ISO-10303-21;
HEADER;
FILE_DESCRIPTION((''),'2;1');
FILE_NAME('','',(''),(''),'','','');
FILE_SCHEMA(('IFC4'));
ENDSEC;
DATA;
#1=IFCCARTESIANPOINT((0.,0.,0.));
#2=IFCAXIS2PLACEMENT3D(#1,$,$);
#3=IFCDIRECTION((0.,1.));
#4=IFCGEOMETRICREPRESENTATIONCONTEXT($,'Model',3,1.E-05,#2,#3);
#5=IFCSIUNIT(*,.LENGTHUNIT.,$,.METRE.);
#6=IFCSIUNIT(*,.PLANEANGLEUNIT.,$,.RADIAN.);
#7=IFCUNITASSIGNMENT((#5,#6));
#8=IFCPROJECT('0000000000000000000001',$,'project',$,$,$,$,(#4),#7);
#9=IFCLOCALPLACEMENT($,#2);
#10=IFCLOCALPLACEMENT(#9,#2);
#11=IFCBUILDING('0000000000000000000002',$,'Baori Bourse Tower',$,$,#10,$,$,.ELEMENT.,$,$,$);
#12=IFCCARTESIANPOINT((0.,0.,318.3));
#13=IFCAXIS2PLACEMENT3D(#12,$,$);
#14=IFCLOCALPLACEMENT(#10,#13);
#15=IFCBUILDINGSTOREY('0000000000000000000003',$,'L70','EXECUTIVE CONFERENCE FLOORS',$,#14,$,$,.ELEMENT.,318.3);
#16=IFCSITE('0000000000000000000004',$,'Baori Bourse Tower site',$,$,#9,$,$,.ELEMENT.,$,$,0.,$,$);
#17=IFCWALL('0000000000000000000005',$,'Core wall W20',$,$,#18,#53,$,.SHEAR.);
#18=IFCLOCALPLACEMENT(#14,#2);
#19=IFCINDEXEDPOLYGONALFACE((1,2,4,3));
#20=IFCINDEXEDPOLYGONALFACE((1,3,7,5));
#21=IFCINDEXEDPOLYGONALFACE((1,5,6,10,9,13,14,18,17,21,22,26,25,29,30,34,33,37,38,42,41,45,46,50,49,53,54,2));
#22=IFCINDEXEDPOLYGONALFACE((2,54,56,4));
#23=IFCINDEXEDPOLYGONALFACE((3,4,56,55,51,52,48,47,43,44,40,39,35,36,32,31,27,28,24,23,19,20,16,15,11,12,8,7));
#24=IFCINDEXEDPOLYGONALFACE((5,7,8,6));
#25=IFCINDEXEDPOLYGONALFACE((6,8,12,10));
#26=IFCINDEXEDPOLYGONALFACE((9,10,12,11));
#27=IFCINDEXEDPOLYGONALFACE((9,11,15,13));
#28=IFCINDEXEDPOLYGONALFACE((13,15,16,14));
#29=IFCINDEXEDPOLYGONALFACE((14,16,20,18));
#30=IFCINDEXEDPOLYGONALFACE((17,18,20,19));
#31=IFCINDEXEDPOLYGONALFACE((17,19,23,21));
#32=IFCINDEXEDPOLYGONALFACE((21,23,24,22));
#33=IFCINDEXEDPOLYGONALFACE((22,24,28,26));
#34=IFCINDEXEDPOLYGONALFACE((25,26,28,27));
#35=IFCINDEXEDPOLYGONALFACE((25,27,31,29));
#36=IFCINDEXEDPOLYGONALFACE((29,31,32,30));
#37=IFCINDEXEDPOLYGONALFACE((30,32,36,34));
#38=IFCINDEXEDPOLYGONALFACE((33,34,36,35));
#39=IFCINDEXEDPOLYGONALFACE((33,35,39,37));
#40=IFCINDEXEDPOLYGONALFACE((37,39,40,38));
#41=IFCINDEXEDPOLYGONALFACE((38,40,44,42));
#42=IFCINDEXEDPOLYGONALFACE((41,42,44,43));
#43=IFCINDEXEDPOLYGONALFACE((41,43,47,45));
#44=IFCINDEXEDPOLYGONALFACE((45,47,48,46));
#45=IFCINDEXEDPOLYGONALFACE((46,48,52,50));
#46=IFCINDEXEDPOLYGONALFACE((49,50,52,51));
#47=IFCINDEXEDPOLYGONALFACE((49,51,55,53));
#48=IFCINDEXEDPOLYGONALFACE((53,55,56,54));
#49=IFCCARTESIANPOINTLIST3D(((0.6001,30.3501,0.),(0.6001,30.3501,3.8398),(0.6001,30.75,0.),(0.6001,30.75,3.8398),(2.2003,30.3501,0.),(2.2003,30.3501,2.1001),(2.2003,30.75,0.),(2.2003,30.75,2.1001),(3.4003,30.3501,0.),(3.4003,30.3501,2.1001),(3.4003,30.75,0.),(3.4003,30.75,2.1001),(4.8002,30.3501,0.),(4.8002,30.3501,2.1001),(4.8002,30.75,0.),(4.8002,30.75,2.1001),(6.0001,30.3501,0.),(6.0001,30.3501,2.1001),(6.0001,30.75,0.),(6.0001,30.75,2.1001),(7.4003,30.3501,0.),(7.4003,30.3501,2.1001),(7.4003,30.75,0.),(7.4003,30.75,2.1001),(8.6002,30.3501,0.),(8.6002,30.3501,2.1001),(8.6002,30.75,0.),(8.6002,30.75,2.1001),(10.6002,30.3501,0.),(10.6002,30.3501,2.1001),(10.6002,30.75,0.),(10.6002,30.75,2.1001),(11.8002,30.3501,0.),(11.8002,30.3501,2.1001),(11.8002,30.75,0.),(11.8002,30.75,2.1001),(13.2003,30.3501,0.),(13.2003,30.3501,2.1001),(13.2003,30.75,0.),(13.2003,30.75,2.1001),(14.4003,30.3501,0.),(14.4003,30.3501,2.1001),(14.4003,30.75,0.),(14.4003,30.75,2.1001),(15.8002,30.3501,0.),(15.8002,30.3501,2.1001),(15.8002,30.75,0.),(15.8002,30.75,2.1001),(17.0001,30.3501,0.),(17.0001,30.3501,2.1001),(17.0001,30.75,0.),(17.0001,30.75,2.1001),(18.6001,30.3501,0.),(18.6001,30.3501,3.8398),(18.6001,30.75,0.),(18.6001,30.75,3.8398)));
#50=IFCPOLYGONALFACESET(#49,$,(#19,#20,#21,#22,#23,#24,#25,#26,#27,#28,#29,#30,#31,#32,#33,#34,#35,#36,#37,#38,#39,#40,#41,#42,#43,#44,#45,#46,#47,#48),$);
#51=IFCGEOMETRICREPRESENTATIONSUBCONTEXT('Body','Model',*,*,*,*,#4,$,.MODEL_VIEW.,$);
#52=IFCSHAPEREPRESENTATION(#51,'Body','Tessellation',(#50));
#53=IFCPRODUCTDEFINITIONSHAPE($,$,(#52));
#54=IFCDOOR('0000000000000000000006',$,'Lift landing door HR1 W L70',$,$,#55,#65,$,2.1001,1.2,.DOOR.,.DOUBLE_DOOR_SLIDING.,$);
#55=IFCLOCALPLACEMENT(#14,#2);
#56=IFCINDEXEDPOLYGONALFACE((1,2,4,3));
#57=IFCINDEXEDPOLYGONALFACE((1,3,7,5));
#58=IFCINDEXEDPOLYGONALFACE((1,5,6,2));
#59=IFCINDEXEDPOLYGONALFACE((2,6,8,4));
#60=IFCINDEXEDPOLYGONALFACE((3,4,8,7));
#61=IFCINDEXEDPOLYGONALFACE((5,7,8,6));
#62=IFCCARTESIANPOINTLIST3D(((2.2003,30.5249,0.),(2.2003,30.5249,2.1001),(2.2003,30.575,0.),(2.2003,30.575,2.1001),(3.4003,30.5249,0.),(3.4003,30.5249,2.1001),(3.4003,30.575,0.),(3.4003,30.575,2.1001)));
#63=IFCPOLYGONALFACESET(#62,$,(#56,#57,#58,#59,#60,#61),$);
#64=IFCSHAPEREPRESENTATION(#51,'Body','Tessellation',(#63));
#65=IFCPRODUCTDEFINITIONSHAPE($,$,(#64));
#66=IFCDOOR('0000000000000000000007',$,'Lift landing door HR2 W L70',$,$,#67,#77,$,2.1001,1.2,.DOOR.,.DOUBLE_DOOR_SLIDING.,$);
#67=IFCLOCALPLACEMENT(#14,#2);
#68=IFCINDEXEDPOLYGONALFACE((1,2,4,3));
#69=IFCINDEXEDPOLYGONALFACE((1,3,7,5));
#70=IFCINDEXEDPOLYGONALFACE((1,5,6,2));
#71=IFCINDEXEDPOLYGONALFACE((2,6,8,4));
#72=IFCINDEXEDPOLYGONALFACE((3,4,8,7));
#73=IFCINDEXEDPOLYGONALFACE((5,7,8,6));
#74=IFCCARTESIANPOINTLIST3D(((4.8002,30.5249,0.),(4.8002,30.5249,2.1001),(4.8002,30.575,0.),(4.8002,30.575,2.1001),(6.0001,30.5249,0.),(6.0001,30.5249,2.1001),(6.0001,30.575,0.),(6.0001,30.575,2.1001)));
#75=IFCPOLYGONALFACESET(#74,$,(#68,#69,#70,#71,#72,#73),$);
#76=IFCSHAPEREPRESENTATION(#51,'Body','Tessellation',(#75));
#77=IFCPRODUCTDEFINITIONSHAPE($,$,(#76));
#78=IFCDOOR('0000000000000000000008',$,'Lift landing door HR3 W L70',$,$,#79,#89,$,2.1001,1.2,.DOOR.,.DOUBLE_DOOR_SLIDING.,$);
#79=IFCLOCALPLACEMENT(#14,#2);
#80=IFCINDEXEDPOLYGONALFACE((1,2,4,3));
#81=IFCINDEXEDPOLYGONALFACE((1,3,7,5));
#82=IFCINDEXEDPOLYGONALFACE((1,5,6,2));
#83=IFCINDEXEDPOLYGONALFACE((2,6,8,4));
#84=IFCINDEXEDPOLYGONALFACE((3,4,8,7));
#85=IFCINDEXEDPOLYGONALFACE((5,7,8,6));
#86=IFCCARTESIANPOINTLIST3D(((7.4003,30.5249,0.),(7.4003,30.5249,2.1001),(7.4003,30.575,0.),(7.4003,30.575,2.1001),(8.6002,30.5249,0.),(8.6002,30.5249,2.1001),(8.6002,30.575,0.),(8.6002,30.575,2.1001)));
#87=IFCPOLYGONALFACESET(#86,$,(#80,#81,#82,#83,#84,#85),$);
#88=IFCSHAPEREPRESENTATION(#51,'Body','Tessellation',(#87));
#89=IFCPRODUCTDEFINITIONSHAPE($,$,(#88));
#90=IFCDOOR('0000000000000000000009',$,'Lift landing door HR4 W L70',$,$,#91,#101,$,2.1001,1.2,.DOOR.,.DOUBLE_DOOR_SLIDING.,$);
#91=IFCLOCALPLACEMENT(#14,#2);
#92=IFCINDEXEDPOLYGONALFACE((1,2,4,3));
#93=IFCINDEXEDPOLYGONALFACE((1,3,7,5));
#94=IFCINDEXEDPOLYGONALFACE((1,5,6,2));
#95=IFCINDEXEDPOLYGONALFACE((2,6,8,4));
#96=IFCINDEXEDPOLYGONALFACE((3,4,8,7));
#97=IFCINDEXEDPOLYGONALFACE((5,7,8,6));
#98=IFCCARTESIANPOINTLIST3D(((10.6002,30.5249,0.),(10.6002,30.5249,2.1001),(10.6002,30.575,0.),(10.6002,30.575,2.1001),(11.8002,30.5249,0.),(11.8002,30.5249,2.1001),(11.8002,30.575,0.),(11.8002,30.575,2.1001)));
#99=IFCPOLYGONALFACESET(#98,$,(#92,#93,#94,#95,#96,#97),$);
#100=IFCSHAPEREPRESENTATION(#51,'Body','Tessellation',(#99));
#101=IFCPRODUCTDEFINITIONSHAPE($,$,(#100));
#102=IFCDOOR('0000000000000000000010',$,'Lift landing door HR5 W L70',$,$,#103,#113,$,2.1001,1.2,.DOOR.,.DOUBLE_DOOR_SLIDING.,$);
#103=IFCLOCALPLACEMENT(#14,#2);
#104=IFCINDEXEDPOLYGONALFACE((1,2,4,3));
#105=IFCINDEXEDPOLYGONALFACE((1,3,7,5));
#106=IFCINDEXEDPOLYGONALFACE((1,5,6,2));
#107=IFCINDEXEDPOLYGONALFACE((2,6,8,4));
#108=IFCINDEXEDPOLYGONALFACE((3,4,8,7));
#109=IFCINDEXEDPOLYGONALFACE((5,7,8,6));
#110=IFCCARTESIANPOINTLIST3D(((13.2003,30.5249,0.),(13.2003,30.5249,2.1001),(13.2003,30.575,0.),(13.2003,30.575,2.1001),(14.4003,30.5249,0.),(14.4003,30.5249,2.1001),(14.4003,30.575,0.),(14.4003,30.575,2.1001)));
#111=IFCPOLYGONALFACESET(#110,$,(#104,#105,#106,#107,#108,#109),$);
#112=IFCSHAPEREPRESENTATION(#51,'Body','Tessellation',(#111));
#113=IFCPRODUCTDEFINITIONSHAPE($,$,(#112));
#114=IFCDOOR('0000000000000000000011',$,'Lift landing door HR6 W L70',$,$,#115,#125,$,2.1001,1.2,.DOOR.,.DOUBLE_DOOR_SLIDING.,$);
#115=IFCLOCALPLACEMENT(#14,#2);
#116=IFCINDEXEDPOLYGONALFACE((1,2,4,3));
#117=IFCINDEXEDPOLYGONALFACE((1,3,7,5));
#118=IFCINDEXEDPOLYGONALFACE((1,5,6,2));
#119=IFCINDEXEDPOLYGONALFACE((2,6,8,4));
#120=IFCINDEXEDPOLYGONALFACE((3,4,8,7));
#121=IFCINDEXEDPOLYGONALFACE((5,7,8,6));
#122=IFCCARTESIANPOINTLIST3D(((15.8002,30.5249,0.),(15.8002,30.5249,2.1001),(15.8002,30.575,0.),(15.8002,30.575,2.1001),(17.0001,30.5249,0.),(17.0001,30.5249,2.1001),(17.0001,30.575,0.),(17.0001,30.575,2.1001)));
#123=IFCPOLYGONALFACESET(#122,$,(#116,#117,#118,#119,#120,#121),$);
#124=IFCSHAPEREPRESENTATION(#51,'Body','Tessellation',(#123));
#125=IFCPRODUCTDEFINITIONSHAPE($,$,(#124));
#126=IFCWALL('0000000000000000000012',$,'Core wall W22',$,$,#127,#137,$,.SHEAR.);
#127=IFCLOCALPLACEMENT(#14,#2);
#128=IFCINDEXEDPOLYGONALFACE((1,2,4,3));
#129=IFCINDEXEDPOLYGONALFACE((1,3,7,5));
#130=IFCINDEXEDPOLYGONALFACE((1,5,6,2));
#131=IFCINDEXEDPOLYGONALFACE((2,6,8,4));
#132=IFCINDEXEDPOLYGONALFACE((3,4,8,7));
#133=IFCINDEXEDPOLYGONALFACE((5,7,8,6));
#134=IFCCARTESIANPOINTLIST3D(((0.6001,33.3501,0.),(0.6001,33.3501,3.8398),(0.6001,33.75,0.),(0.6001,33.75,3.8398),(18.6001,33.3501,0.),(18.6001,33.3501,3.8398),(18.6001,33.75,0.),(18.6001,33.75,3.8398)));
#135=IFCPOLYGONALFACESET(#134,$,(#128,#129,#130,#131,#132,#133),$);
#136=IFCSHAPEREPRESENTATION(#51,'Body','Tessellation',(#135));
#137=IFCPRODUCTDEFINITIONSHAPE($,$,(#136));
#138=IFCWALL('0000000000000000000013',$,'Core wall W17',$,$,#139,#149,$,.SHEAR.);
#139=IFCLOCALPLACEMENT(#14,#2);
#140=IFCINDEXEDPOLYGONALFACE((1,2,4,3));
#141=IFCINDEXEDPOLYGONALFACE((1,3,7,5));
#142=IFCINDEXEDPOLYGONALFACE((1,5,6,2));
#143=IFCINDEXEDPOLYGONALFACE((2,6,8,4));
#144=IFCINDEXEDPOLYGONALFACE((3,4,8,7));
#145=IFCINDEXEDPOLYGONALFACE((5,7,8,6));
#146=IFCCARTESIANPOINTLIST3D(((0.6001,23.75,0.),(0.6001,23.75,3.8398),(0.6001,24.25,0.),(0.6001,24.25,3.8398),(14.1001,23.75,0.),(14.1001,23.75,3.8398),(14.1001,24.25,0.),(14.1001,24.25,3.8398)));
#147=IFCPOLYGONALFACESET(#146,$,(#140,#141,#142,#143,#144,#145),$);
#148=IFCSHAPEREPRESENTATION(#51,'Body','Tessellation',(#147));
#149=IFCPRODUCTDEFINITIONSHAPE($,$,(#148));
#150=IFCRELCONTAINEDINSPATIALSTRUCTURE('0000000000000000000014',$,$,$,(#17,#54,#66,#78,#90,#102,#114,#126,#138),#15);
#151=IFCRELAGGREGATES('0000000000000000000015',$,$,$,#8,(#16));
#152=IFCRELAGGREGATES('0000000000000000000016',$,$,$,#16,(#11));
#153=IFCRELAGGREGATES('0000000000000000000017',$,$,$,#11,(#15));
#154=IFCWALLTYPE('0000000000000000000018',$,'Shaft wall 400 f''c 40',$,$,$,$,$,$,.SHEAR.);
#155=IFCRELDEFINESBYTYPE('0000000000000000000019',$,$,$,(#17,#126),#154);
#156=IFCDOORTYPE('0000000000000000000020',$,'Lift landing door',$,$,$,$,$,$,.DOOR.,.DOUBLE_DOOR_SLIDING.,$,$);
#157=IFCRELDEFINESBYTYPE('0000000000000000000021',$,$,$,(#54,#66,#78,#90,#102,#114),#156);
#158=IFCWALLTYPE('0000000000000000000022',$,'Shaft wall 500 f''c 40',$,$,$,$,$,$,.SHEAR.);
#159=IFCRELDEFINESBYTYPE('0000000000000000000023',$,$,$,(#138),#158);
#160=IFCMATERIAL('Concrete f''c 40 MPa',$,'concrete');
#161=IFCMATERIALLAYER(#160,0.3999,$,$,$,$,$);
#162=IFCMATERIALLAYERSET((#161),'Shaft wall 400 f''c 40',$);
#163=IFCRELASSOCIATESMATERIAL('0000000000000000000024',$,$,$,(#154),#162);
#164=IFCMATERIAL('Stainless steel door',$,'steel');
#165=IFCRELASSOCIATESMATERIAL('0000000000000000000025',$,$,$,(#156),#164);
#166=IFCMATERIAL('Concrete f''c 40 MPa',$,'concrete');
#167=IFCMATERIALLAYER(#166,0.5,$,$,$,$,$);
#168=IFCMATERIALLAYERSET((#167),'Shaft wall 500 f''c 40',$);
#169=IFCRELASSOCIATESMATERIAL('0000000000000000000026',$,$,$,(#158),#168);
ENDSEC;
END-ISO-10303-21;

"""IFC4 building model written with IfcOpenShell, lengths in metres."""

from ifc_helpers import new_model, si_unit, direction, frame, frame_2d, origin, place, context, subcontext, project, spatial, rectangle, extrude, material, layer, layer_set, type_object, element, fill, save


model = new_model("IFC4")

# Units and contexts
model_context = context("Model", 3, precision=1e-05, world=origin(), true_north=direction((0.0, 1.0)))
body_context = subcontext(model_context, "Body", "Model", "MODEL_VIEW")
ifc_project = project(units=[si_unit("LENGTHUNIT", "METRE"), si_unit("PLANEANGLEUNIT", "RADIAN")], contexts=[model_context])

# Site, building, storey
site_placement = place(None, origin())
site = spatial("IfcSite", under=ifc_project, at=site_placement, Name="Baori Bourse Tower site", CompositionType="ELEMENT", RefElevation=0.0)
building_placement = place(site_placement, origin())
building = spatial("IfcBuilding", under=site, at=building_placement, Name="Baori Bourse Tower", CompositionType="ELEMENT")
storey_placement = place(building_placement, frame((0.0, 0.0, 318.3)))
storey = spatial("IfcBuildingStorey", under=building, at=storey_placement, Name="L70", Description="EXECUTIVE CONFERENCE FLOORS", CompositionType="ELEMENT", Elevation=318.3)

# Wall, openings, doors
ifc_material_1 = material(Name="Concrete f'c 40 MPa", Category="concrete")
ifc_layer_1 = layer(ifc_material_1, 0.3999)
ifc_layer_set_1 = layer_set([ifc_layer_1], Name="Shaft wall 400 f'c 40")
wall_type_1 = type_object("IfcWallType", Name="Shaft wall 400 f'c 40", PredefinedType="SHEAR", material=ifc_layer_set_1)
ifc_material_2 = material(Name="Stainless steel door", Category="steel")
door_type_1 = type_object("IfcDoorType", Name="Lift landing door", OperationType="DOUBLE_DOOR_SLIDING", PredefinedType="DOOR", material=ifc_material_2)
wall_1_placement = place(storey_placement, frame((0.6001, 30.55, 0.0), z_axis=(0.0, 0.0, 1.0), x_axis=(1.0, 0.0, 0.0)))
wall_1 = element("IfcWall", 1, at=wall_1_placement, inside=storey, type_object=wall_type_1, Name="Core wall W20", PredefinedType="SHEAR", context=body_context, shape_type="SweptSolid", body=[
    extrude(rectangle(XDim=18.0, YDim=0.3999, at=frame_2d((9.0, 0.0))), origin(), (0.0, 0.0, 1.0), 3.8398),
])
opening_1_placement = place(wall_1_placement, frame((1.6001, 0.0, 0.0)))
opening_1 = element("IfcOpeningElement", 2, at=opening_1_placement, cuts=wall_1, PredefinedType="OPENING", context=body_context, shape_type="SweptSolid", body=[
    extrude(rectangle(XDim=1.2, YDim=2.1001, at=frame_2d((0.6001, 1.05))), frame((0.0, 0.21, 0.0), z_axis=(0.0, -1.0, 0.0), x_axis=(1.0, 0.0, 0.0)), (0.0, 0.0, 1.0), 0.4199),
])
opening_2_placement = place(wall_1_placement, frame((4.2, 0.0, 0.0)))
opening_2 = element("IfcOpeningElement", 3, at=opening_2_placement, cuts=wall_1, PredefinedType="OPENING", context=body_context, shape_type="SweptSolid", body=[
    extrude(rectangle(XDim=1.2, YDim=2.1001, at=frame_2d((0.6001, 1.05))), frame((0.0, 0.21, 0.0), z_axis=(0.0, -1.0, 0.0), x_axis=(1.0, 0.0, 0.0)), (0.0, 0.0, 1.0), 0.4199),
])
opening_3_placement = place(wall_1_placement, frame((6.8, 0.0, 0.0)))
opening_3 = element("IfcOpeningElement", 4, at=opening_3_placement, cuts=wall_1, PredefinedType="OPENING", context=body_context, shape_type="SweptSolid", body=[
    extrude(rectangle(XDim=1.2, YDim=2.1001, at=frame_2d((0.6001, 1.05))), frame((0.0, 0.21, 0.0), z_axis=(0.0, -1.0, 0.0), x_axis=(1.0, 0.0, 0.0)), (0.0, 0.0, 1.0), 0.4199),
])
opening_4_placement = place(wall_1_placement, frame((10.0, 0.0, 0.0)))
opening_4 = element("IfcOpeningElement", 5, at=opening_4_placement, cuts=wall_1, PredefinedType="OPENING", context=body_context, shape_type="SweptSolid", body=[
    extrude(rectangle(XDim=1.2, YDim=2.1001, at=frame_2d((0.6001, 1.05))), frame((0.0, 0.21, 0.0), z_axis=(0.0, -1.0, 0.0), x_axis=(1.0, 0.0, 0.0)), (0.0, 0.0, 1.0), 0.4199),
])
opening_5_placement = place(wall_1_placement, frame((12.6001, 0.0, 0.0)))
opening_5 = element("IfcOpeningElement", 6, at=opening_5_placement, cuts=wall_1, PredefinedType="OPENING", context=body_context, shape_type="SweptSolid", body=[
    extrude(rectangle(XDim=1.2, YDim=2.1001, at=frame_2d((0.6001, 1.05))), frame((0.0, 0.21, 0.0), z_axis=(0.0, -1.0, 0.0), x_axis=(1.0, 0.0, 0.0)), (0.0, 0.0, 1.0), 0.4199),
])
opening_6_placement = place(wall_1_placement, frame((15.2, 0.0, 0.0)))
opening_6 = element("IfcOpeningElement", 7, at=opening_6_placement, cuts=wall_1, PredefinedType="OPENING", context=body_context, shape_type="SweptSolid", body=[
    extrude(rectangle(XDim=1.2, YDim=2.1001, at=frame_2d((0.6001, 1.05))), frame((0.0, 0.21, 0.0), z_axis=(0.0, -1.0, 0.0), x_axis=(1.0, 0.0, 0.0)), (0.0, 0.0, 1.0), 0.4199),
])
door_1_placement = place(opening_1_placement, origin())
door_1 = element("IfcDoor", 8, at=door_1_placement, inside=storey, type_object=door_type_1, Name="Lift landing door HR1 W L70", OperationType="DOUBLE_DOOR_SLIDING", OverallHeight=2.1001, OverallWidth=1.2, PredefinedType="DOOR", context=body_context, shape_type="SweptSolid", body=[
    extrude(rectangle(XDim=1.2, YDim=2.1001, at=frame_2d((0.6001, 1.05))), frame((0.0, 0.0249, 0.0), z_axis=(0.0, -1.0, 0.0), x_axis=(1.0, 0.0, 0.0)), (0.0, 0.0, 1.0), 0.05),
])
fill(opening_1, door_1)
door_2_placement = place(opening_2_placement, origin())
door_2 = element("IfcDoor", 9, at=door_2_placement, inside=storey, type_object=door_type_1, Name="Lift landing door HR2 W L70", OperationType="DOUBLE_DOOR_SLIDING", OverallHeight=2.1001, OverallWidth=1.2, PredefinedType="DOOR", context=body_context, shape_type="SweptSolid", body=[
    extrude(rectangle(XDim=1.2, YDim=2.1001, at=frame_2d((0.6001, 1.05))), frame((0.0, 0.0249, 0.0), z_axis=(0.0, -1.0, 0.0), x_axis=(1.0, 0.0, 0.0)), (0.0, 0.0, 1.0), 0.05),
])
fill(opening_2, door_2)
door_3_placement = place(opening_3_placement, origin())
door_3 = element("IfcDoor", 10, at=door_3_placement, inside=storey, type_object=door_type_1, Name="Lift landing door HR3 W L70", OperationType="DOUBLE_DOOR_SLIDING", OverallHeight=2.1001, OverallWidth=1.2, PredefinedType="DOOR", context=body_context, shape_type="SweptSolid", body=[
    extrude(rectangle(XDim=1.2, YDim=2.1001, at=frame_2d((0.6001, 1.05))), frame((0.0, 0.0249, 0.0), z_axis=(0.0, -1.0, 0.0), x_axis=(1.0, 0.0, 0.0)), (0.0, 0.0, 1.0), 0.05),
])
fill(opening_3, door_3)
door_4_placement = place(opening_4_placement, origin())
door_4 = element("IfcDoor", 11, at=door_4_placement, inside=storey, type_object=door_type_1, Name="Lift landing door HR4 W L70", OperationType="DOUBLE_DOOR_SLIDING", OverallHeight=2.1001, OverallWidth=1.2, PredefinedType="DOOR", context=body_context, shape_type="SweptSolid", body=[
    extrude(rectangle(XDim=1.2, YDim=2.1001, at=frame_2d((0.6001, 1.05))), frame((0.0, 0.0249, 0.0), z_axis=(0.0, -1.0, 0.0), x_axis=(1.0, 0.0, 0.0)), (0.0, 0.0, 1.0), 0.05),
])
fill(opening_4, door_4)
door_5_placement = place(opening_5_placement, origin())
door_5 = element("IfcDoor", 12, at=door_5_placement, inside=storey, type_object=door_type_1, Name="Lift landing door HR5 W L70", OperationType="DOUBLE_DOOR_SLIDING", OverallHeight=2.1001, OverallWidth=1.2, PredefinedType="DOOR", context=body_context, shape_type="SweptSolid", body=[
    extrude(rectangle(XDim=1.2, YDim=2.1001, at=frame_2d((0.6001, 1.05))), frame((0.0, 0.0249, 0.0), z_axis=(0.0, -1.0, 0.0), x_axis=(1.0, 0.0, 0.0)), (0.0, 0.0, 1.0), 0.05),
])
fill(opening_5, door_5)
door_6_placement = place(opening_6_placement, origin())
door_6 = element("IfcDoor", 13, at=door_6_placement, inside=storey, type_object=door_type_1, Name="Lift landing door HR6 W L70", OperationType="DOUBLE_DOOR_SLIDING", OverallHeight=2.1001, OverallWidth=1.2, PredefinedType="DOOR", context=body_context, shape_type="SweptSolid", body=[
    extrude(rectangle(XDim=1.2, YDim=2.1001, at=frame_2d((0.6001, 1.05))), frame((0.0, 0.0249, 0.0), z_axis=(0.0, -1.0, 0.0), x_axis=(1.0, 0.0, 0.0)), (0.0, 0.0, 1.0), 0.05),
])
fill(opening_6, door_6)

# Walls
wall_2_placement = place(storey_placement, frame((0.6001, 33.55, 0.0), z_axis=(0.0, 0.0, 1.0), x_axis=(1.0, 0.0, 0.0)))
element("IfcWall", 14, at=wall_2_placement, inside=storey, type_object=wall_type_1, Name="Core wall W22", PredefinedType="SHEAR", context=body_context, shape_type="SweptSolid", body=[
    extrude(rectangle(XDim=18.0, YDim=0.3999, at=frame_2d((9.0, 0.0))), origin(), (0.0, 0.0, 1.0), 3.8398),
])
ifc_material_3 = material(Name="Concrete f'c 40 MPa", Category="concrete")
ifc_layer_2 = layer(ifc_material_3, 0.5)
ifc_layer_set_2 = layer_set([ifc_layer_2], Name="Shaft wall 500 f'c 40")
wall_type_2 = type_object("IfcWallType", Name="Shaft wall 500 f'c 40", PredefinedType="SHEAR", material=ifc_layer_set_2)
wall_3_placement = place(storey_placement, frame((0.6001, 24.0, 0.0), z_axis=(0.0, 0.0, 1.0), x_axis=(1.0, 0.0, 0.0)))
element("IfcWall", 15, at=wall_3_placement, inside=storey, type_object=wall_type_2, Name="Core wall W17", PredefinedType="SHEAR", context=body_context, shape_type="SweptSolid", body=[
    extrude(rectangle(XDim=13.5, YDim=0.5, at=frame_2d((6.75, 0.0))), origin(), (0.0, 0.0, 1.0), 3.8398),
])

save(model, "model.ifc")
